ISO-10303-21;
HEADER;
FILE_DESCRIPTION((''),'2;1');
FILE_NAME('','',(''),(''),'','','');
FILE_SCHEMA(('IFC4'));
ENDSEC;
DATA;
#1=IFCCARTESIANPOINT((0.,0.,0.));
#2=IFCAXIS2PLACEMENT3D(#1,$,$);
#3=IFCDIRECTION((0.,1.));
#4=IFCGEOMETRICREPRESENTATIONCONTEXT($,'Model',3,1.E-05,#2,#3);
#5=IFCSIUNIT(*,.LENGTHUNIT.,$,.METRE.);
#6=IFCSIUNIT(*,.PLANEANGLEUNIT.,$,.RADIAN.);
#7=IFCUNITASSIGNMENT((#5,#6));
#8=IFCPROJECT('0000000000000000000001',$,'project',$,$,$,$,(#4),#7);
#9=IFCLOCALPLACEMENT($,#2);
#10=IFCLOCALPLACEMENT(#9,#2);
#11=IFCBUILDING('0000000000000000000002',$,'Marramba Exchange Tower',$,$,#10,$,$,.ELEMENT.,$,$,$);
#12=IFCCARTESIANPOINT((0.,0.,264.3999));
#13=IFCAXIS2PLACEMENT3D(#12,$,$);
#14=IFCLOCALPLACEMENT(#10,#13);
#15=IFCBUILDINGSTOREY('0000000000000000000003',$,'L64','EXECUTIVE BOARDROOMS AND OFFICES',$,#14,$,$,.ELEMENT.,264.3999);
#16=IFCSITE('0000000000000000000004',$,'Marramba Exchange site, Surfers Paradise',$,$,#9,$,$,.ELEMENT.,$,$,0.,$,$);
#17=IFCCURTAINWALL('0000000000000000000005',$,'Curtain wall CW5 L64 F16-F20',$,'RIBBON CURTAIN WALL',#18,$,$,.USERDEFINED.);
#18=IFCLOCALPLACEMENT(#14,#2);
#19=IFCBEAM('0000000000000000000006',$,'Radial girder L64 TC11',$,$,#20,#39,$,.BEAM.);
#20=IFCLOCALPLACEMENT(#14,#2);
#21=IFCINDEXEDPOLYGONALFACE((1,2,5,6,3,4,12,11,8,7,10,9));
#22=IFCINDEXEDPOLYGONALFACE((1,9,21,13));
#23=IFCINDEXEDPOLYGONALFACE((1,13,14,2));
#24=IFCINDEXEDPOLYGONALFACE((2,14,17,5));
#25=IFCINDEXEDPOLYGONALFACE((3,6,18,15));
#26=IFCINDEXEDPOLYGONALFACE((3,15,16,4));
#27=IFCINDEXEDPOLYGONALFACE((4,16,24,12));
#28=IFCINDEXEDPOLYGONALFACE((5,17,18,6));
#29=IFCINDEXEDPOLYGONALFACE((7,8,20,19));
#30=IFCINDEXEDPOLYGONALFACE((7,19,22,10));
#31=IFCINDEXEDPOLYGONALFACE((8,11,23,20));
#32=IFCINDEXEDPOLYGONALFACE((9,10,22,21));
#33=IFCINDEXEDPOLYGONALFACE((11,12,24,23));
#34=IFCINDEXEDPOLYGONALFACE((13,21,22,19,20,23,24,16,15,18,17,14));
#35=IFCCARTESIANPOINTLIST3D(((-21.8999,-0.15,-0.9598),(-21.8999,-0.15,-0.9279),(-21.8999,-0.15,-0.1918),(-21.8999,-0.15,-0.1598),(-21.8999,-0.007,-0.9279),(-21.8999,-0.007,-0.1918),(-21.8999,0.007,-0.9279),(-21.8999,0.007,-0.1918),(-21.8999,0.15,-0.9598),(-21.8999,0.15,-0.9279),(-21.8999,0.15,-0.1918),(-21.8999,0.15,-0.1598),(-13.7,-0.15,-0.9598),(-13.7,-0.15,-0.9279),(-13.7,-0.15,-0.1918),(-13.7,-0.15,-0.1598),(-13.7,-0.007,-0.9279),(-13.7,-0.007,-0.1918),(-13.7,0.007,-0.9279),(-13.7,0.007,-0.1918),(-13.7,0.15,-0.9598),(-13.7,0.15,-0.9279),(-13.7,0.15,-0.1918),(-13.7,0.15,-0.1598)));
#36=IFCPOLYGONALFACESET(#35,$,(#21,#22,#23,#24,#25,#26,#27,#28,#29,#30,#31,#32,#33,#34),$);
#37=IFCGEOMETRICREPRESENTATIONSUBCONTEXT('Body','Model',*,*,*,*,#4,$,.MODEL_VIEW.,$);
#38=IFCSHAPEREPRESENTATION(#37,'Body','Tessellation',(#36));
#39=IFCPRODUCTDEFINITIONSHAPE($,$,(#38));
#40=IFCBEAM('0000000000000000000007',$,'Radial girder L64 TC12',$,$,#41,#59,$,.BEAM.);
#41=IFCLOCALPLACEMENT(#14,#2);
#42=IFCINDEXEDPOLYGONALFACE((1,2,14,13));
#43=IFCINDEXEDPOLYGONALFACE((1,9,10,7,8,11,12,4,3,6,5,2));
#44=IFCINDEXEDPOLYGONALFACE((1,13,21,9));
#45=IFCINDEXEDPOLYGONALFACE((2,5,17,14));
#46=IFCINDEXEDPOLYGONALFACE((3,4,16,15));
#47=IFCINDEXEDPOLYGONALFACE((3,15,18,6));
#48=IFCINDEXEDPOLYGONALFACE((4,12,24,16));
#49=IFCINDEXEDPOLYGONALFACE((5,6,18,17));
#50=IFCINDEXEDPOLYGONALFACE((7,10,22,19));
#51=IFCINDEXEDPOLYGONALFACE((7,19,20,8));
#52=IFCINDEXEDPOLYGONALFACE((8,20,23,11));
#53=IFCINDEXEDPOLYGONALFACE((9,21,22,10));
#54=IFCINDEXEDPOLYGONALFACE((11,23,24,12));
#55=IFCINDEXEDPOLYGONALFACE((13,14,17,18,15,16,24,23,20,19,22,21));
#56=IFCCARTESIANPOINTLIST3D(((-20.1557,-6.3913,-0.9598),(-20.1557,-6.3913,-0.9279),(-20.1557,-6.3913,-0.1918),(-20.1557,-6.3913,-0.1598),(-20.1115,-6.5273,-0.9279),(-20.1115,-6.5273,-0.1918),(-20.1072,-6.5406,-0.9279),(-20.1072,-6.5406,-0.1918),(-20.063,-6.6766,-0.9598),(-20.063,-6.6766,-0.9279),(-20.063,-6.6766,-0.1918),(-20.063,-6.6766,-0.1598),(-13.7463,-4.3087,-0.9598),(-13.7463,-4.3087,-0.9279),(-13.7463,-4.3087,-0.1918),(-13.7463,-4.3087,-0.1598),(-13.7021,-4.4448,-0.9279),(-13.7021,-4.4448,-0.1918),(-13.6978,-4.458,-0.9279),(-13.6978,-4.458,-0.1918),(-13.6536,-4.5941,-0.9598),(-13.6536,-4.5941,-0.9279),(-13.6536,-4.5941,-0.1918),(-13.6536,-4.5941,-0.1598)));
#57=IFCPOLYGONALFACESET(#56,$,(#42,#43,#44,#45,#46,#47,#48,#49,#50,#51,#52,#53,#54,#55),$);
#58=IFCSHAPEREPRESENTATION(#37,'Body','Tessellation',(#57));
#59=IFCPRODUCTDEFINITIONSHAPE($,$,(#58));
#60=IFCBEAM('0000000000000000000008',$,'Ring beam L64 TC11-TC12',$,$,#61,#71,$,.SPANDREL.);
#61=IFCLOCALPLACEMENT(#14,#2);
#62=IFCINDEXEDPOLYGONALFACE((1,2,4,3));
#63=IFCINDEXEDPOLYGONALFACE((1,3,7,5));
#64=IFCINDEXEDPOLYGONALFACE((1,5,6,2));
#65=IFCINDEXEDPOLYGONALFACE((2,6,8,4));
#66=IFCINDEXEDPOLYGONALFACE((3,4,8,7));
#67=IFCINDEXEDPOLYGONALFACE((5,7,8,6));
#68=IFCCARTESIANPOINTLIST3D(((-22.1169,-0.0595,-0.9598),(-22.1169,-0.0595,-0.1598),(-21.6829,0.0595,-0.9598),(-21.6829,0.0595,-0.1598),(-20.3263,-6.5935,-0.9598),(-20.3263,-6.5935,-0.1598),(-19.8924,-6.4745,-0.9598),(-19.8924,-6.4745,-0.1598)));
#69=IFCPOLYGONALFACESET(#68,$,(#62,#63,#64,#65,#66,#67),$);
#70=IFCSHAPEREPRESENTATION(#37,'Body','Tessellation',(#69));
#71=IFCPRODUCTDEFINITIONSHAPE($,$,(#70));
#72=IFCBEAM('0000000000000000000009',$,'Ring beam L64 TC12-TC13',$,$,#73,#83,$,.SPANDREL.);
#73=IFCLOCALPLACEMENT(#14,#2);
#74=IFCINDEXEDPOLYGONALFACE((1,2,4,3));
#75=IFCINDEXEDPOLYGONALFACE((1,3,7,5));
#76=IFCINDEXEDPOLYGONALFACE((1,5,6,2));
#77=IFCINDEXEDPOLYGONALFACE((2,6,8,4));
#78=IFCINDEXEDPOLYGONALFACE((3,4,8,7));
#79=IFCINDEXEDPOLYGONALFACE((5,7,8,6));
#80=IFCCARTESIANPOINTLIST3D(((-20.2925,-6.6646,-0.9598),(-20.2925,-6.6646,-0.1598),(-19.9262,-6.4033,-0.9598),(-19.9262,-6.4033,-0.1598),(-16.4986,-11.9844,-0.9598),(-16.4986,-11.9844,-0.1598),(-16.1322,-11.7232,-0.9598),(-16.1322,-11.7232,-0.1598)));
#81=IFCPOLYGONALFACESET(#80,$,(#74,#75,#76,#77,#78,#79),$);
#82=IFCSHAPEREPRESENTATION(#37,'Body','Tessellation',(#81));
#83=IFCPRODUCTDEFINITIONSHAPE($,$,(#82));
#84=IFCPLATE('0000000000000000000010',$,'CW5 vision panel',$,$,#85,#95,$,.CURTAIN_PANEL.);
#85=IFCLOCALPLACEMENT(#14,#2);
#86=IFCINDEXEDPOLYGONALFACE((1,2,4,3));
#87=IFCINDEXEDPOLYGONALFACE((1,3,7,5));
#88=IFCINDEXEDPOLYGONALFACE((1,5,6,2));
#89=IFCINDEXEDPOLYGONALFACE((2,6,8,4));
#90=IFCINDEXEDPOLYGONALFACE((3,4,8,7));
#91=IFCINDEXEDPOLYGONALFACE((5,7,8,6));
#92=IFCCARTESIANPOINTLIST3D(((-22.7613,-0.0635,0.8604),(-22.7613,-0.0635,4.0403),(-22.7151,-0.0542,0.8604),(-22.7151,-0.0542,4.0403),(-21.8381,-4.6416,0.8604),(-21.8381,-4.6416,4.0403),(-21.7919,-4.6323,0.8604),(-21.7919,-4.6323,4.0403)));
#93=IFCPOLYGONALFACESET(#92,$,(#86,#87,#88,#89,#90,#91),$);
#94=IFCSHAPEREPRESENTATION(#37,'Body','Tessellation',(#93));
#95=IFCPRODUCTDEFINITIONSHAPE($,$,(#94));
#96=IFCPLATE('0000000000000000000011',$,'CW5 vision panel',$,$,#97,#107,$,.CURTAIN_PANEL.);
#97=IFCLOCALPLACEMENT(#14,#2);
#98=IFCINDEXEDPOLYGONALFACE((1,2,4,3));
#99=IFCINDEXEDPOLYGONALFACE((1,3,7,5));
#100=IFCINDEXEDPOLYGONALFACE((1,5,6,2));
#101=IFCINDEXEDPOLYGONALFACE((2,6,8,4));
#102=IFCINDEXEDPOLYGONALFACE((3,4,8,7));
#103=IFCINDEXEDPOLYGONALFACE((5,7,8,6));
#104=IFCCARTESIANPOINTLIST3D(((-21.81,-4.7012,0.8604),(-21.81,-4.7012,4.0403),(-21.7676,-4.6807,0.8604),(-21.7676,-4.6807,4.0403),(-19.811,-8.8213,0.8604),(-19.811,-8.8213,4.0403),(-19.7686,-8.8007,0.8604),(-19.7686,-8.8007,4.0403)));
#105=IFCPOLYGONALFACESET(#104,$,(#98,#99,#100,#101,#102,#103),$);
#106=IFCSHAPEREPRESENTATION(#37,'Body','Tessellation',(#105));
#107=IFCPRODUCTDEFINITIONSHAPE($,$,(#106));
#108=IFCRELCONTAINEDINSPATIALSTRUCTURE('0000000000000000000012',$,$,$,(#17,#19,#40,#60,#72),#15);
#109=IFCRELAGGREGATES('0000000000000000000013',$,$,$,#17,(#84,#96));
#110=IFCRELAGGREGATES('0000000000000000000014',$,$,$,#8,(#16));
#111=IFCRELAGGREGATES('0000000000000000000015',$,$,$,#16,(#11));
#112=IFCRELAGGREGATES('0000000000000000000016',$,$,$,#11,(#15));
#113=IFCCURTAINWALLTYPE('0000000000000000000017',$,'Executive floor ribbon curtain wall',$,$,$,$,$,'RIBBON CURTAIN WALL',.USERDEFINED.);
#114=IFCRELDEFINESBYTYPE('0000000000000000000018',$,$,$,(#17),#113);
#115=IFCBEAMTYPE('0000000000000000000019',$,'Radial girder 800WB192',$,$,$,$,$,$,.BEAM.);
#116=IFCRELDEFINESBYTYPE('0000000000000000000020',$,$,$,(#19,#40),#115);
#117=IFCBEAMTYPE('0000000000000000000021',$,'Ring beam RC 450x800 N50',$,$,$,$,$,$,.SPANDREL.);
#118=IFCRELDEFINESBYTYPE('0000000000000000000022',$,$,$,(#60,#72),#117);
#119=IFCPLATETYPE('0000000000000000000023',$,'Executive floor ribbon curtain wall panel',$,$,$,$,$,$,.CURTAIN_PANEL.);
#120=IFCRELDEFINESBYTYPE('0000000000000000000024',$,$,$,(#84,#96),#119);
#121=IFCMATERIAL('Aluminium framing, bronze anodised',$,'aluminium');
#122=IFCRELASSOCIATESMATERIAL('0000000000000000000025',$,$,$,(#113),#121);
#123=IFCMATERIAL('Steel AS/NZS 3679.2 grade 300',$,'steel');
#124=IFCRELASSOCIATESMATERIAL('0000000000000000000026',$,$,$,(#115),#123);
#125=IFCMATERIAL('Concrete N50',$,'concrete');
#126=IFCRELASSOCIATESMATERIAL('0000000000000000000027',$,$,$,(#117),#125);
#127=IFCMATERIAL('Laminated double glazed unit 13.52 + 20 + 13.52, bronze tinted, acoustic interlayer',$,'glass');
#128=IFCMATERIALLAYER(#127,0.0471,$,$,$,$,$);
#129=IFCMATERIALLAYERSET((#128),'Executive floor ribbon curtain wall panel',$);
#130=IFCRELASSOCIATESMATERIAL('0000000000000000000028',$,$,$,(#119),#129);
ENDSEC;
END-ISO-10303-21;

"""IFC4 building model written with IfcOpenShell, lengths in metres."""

from ifc_helpers import new_model, si_unit, direction, frame, origin, origin_2d, place, context, subcontext, project, spatial, rectangle, i_section, extrude, material, layer, layer_set, material_profile, profile_set, type_object, element, aggregate, save


model = new_model("IFC4")

# Units and contexts
model_context = context("Model", 3, precision=1e-05, world=origin(), true_north=direction((0.0, 1.0)))
body_context = subcontext(model_context, "Body", "Model", "MODEL_VIEW")
ifc_project = project(units=[si_unit("LENGTHUNIT", "METRE"), si_unit("PLANEANGLEUNIT", "RADIAN")], contexts=[model_context])

# Site, building, storey
site_placement = place(None, origin())
site = spatial("IfcSite", under=ifc_project, at=site_placement, Name="Marramba Exchange site, Surfers Paradise", CompositionType="ELEMENT", RefElevation=0.0)
building_placement = place(site_placement, origin())
building = spatial("IfcBuilding", under=site, at=building_placement, Name="Marramba Exchange Tower", CompositionType="ELEMENT")
storey_placement = place(building_placement, frame((0.0, 0.0, 264.3999)))
storey = spatial("IfcBuildingStorey", under=building, at=storey_placement, Name="L64", Description="EXECUTIVE BOARDROOMS AND OFFICES", CompositionType="ELEMENT", Elevation=264.3999)

# Shared definitions
ifc_material_1 = material(Name="Concrete N50", Category="concrete")

# Curtain wall
ifc_material_2 = material(Name="Aluminium framing, bronze anodised", Category="aluminium")
curtain_wall_type = type_object("IfcCurtainWallType", Name="Executive floor ribbon curtain wall", ElementType="RIBBON CURTAIN WALL", PredefinedType="USERDEFINED", material=ifc_material_2)
curtain_wall_placement = place(storey_placement, origin())
curtain_wall = element("IfcCurtainWall", 1, at=curtain_wall_placement, inside=storey, type_object=curtain_wall_type, Name="Curtain wall CW5 L64 F16-F20", ObjectType="RIBBON CURTAIN WALL", PredefinedType="USERDEFINED")

# Beams
ifc_material_3 = material(Name="Steel AS/NZS 3679.2 grade 300", Category="steel")
ifc_material_profile_1 = material_profile(ifc_material_3, i_section(OverallWidth=0.3, OverallDepth=0.8, WebThickness=0.0139, FlangeThickness=0.032, at=origin_2d()), Name="800WB192")
ifc_profile_set_1 = profile_set([ifc_material_profile_1], Name="Steel AS/NZS 3679.2 grade 300")
beam_type_1 = type_object("IfcBeamType", Name="Radial girder 800WB192", PredefinedType="BEAM", material=ifc_profile_set_1)
beam_1_placement = place(storey_placement, frame((-13.7, 0.0, -0.5598), z_axis=(-1.0, 0.0, 0.0), x_axis=(0.0, -1.0, 0.0)))
element("IfcBeam", 2, at=beam_1_placement, inside=storey, type_object=beam_type_1, Name="Radial girder L64 TC11", PredefinedType="BEAM", context=body_context, shape_type="SweptSolid", body=[
    extrude(i_section(OverallWidth=0.3, OverallDepth=0.8, WebThickness=0.0139, FlangeThickness=0.032, at=origin_2d()), origin(), (0.0, 0.0, 1.0), 8.2),
])
beam_2_placement = place(storey_placement, frame((-13.7, -4.4514, -0.5598), z_axis=(-0.951058, -0.309013, 0.0), x_axis=(0.309013, -0.951058, 0.0)))
element("IfcBeam", 3, at=beam_2_placement, inside=storey, type_object=beam_type_1, Name="Radial girder L64 TC12", PredefinedType="BEAM", context=body_context, shape_type="SweptSolid", body=[
    extrude(i_section(OverallWidth=0.3, OverallDepth=0.8, WebThickness=0.0139, FlangeThickness=0.032, at=origin_2d()), origin(), (0.0, 0.0, 1.0), 6.7393),
])
ifc_material_profile_2 = material_profile(ifc_material_1, rectangle(XDim=0.45, YDim=0.8, at=origin_2d()), Name="RC 450x800")
ifc_profile_set_2 = profile_set([ifc_material_profile_2], Name="Concrete N50")
beam_type_2 = type_object("IfcBeamType", Name="Ring beam RC 450x800 N50", PredefinedType="SPANDREL", material=ifc_profile_set_2)
beam_3_placement = place(storey_placement, frame((-21.8999, 0.0, -0.5598), z_axis=(0.264291, -0.964443, 0.0), x_axis=(0.964443, 0.264291, 0.0)))
element("IfcBeam", 4, at=beam_3_placement, inside=storey, type_object=beam_type_2, Name="Ring beam L64 TC11-TC12", PredefinedType="SPANDREL", context=body_context, shape_type="SweptSolid", body=[
    extrude(rectangle(XDim=0.45, YDim=0.8, at=origin_2d()), origin(), (0.0, 0.0, 1.0), 6.7749),
])
beam_4_placement = place(storey_placement, frame((-20.1094, -6.5339, -0.5598), z_axis=(0.580637, -0.814162, 0.0), x_axis=(0.814162, 0.580637, 0.0)))
element("IfcBeam", 5, at=beam_4_placement, inside=storey, type_object=beam_type_2, Name="Ring beam L64 TC12-TC13", PredefinedType="SPANDREL", context=body_context, shape_type="SweptSolid", body=[
    extrude(rectangle(XDim=0.45, YDim=0.8, at=origin_2d()), origin(), (0.0, 0.0, 1.0), 6.5342),
])

# Plates
ifc_material_4 = material(Name="Laminated double glazed unit 13.52 + 20 + 13.52, bronze tinted, acoustic interlayer", Category="glass")
ifc_layer_1 = layer(ifc_material_4, 0.0471)
ifc_layer_set_1 = layer_set([ifc_layer_1], Name="Executive floor ribbon curtain wall panel")
plate_type = type_object("IfcPlateType", Name="Executive floor ribbon curtain wall panel", PredefinedType="CURTAIN_PANEL", material=ifc_layer_set_1)
plate_1_placement = place(storey_placement, frame((-22.2766, -2.3479, 0.8604), z_axis=(0.0, 0.0, 1.0), x_axis=(0.197671, -0.980269, 0.0)))
plate_1 = element("IfcPlate", 6, at=plate_1_placement, type_object=plate_type, Name="CW5 vision panel", PredefinedType="CURTAIN_PANEL", context=body_context, shape_type="SweptSolid", body=[
    extrude(rectangle(XDim=4.6702, YDim=0.0471, at=origin_2d()), origin(), (0.0, 0.0, 1.0), 3.1799),
])
plate_2_placement = place(storey_placement, frame((-20.7893, -6.751, 0.8604), z_axis=(0.0, 0.0, 1.0), x_axis=(0.436515, -0.899697, 0.0)))
plate_2 = element("IfcPlate", 7, at=plate_2_placement, type_object=plate_type, Name="CW5 vision panel", PredefinedType="CURTAIN_PANEL", context=body_context, shape_type="SweptSolid", body=[
    extrude(rectangle(XDim=4.5793, YDim=0.0471, at=origin_2d()), origin(), (0.0, 0.0, 1.0), 3.1799),
])
aggregate(curtain_wall, [plate_1, plate_2])

save(model, "model.ifc")
